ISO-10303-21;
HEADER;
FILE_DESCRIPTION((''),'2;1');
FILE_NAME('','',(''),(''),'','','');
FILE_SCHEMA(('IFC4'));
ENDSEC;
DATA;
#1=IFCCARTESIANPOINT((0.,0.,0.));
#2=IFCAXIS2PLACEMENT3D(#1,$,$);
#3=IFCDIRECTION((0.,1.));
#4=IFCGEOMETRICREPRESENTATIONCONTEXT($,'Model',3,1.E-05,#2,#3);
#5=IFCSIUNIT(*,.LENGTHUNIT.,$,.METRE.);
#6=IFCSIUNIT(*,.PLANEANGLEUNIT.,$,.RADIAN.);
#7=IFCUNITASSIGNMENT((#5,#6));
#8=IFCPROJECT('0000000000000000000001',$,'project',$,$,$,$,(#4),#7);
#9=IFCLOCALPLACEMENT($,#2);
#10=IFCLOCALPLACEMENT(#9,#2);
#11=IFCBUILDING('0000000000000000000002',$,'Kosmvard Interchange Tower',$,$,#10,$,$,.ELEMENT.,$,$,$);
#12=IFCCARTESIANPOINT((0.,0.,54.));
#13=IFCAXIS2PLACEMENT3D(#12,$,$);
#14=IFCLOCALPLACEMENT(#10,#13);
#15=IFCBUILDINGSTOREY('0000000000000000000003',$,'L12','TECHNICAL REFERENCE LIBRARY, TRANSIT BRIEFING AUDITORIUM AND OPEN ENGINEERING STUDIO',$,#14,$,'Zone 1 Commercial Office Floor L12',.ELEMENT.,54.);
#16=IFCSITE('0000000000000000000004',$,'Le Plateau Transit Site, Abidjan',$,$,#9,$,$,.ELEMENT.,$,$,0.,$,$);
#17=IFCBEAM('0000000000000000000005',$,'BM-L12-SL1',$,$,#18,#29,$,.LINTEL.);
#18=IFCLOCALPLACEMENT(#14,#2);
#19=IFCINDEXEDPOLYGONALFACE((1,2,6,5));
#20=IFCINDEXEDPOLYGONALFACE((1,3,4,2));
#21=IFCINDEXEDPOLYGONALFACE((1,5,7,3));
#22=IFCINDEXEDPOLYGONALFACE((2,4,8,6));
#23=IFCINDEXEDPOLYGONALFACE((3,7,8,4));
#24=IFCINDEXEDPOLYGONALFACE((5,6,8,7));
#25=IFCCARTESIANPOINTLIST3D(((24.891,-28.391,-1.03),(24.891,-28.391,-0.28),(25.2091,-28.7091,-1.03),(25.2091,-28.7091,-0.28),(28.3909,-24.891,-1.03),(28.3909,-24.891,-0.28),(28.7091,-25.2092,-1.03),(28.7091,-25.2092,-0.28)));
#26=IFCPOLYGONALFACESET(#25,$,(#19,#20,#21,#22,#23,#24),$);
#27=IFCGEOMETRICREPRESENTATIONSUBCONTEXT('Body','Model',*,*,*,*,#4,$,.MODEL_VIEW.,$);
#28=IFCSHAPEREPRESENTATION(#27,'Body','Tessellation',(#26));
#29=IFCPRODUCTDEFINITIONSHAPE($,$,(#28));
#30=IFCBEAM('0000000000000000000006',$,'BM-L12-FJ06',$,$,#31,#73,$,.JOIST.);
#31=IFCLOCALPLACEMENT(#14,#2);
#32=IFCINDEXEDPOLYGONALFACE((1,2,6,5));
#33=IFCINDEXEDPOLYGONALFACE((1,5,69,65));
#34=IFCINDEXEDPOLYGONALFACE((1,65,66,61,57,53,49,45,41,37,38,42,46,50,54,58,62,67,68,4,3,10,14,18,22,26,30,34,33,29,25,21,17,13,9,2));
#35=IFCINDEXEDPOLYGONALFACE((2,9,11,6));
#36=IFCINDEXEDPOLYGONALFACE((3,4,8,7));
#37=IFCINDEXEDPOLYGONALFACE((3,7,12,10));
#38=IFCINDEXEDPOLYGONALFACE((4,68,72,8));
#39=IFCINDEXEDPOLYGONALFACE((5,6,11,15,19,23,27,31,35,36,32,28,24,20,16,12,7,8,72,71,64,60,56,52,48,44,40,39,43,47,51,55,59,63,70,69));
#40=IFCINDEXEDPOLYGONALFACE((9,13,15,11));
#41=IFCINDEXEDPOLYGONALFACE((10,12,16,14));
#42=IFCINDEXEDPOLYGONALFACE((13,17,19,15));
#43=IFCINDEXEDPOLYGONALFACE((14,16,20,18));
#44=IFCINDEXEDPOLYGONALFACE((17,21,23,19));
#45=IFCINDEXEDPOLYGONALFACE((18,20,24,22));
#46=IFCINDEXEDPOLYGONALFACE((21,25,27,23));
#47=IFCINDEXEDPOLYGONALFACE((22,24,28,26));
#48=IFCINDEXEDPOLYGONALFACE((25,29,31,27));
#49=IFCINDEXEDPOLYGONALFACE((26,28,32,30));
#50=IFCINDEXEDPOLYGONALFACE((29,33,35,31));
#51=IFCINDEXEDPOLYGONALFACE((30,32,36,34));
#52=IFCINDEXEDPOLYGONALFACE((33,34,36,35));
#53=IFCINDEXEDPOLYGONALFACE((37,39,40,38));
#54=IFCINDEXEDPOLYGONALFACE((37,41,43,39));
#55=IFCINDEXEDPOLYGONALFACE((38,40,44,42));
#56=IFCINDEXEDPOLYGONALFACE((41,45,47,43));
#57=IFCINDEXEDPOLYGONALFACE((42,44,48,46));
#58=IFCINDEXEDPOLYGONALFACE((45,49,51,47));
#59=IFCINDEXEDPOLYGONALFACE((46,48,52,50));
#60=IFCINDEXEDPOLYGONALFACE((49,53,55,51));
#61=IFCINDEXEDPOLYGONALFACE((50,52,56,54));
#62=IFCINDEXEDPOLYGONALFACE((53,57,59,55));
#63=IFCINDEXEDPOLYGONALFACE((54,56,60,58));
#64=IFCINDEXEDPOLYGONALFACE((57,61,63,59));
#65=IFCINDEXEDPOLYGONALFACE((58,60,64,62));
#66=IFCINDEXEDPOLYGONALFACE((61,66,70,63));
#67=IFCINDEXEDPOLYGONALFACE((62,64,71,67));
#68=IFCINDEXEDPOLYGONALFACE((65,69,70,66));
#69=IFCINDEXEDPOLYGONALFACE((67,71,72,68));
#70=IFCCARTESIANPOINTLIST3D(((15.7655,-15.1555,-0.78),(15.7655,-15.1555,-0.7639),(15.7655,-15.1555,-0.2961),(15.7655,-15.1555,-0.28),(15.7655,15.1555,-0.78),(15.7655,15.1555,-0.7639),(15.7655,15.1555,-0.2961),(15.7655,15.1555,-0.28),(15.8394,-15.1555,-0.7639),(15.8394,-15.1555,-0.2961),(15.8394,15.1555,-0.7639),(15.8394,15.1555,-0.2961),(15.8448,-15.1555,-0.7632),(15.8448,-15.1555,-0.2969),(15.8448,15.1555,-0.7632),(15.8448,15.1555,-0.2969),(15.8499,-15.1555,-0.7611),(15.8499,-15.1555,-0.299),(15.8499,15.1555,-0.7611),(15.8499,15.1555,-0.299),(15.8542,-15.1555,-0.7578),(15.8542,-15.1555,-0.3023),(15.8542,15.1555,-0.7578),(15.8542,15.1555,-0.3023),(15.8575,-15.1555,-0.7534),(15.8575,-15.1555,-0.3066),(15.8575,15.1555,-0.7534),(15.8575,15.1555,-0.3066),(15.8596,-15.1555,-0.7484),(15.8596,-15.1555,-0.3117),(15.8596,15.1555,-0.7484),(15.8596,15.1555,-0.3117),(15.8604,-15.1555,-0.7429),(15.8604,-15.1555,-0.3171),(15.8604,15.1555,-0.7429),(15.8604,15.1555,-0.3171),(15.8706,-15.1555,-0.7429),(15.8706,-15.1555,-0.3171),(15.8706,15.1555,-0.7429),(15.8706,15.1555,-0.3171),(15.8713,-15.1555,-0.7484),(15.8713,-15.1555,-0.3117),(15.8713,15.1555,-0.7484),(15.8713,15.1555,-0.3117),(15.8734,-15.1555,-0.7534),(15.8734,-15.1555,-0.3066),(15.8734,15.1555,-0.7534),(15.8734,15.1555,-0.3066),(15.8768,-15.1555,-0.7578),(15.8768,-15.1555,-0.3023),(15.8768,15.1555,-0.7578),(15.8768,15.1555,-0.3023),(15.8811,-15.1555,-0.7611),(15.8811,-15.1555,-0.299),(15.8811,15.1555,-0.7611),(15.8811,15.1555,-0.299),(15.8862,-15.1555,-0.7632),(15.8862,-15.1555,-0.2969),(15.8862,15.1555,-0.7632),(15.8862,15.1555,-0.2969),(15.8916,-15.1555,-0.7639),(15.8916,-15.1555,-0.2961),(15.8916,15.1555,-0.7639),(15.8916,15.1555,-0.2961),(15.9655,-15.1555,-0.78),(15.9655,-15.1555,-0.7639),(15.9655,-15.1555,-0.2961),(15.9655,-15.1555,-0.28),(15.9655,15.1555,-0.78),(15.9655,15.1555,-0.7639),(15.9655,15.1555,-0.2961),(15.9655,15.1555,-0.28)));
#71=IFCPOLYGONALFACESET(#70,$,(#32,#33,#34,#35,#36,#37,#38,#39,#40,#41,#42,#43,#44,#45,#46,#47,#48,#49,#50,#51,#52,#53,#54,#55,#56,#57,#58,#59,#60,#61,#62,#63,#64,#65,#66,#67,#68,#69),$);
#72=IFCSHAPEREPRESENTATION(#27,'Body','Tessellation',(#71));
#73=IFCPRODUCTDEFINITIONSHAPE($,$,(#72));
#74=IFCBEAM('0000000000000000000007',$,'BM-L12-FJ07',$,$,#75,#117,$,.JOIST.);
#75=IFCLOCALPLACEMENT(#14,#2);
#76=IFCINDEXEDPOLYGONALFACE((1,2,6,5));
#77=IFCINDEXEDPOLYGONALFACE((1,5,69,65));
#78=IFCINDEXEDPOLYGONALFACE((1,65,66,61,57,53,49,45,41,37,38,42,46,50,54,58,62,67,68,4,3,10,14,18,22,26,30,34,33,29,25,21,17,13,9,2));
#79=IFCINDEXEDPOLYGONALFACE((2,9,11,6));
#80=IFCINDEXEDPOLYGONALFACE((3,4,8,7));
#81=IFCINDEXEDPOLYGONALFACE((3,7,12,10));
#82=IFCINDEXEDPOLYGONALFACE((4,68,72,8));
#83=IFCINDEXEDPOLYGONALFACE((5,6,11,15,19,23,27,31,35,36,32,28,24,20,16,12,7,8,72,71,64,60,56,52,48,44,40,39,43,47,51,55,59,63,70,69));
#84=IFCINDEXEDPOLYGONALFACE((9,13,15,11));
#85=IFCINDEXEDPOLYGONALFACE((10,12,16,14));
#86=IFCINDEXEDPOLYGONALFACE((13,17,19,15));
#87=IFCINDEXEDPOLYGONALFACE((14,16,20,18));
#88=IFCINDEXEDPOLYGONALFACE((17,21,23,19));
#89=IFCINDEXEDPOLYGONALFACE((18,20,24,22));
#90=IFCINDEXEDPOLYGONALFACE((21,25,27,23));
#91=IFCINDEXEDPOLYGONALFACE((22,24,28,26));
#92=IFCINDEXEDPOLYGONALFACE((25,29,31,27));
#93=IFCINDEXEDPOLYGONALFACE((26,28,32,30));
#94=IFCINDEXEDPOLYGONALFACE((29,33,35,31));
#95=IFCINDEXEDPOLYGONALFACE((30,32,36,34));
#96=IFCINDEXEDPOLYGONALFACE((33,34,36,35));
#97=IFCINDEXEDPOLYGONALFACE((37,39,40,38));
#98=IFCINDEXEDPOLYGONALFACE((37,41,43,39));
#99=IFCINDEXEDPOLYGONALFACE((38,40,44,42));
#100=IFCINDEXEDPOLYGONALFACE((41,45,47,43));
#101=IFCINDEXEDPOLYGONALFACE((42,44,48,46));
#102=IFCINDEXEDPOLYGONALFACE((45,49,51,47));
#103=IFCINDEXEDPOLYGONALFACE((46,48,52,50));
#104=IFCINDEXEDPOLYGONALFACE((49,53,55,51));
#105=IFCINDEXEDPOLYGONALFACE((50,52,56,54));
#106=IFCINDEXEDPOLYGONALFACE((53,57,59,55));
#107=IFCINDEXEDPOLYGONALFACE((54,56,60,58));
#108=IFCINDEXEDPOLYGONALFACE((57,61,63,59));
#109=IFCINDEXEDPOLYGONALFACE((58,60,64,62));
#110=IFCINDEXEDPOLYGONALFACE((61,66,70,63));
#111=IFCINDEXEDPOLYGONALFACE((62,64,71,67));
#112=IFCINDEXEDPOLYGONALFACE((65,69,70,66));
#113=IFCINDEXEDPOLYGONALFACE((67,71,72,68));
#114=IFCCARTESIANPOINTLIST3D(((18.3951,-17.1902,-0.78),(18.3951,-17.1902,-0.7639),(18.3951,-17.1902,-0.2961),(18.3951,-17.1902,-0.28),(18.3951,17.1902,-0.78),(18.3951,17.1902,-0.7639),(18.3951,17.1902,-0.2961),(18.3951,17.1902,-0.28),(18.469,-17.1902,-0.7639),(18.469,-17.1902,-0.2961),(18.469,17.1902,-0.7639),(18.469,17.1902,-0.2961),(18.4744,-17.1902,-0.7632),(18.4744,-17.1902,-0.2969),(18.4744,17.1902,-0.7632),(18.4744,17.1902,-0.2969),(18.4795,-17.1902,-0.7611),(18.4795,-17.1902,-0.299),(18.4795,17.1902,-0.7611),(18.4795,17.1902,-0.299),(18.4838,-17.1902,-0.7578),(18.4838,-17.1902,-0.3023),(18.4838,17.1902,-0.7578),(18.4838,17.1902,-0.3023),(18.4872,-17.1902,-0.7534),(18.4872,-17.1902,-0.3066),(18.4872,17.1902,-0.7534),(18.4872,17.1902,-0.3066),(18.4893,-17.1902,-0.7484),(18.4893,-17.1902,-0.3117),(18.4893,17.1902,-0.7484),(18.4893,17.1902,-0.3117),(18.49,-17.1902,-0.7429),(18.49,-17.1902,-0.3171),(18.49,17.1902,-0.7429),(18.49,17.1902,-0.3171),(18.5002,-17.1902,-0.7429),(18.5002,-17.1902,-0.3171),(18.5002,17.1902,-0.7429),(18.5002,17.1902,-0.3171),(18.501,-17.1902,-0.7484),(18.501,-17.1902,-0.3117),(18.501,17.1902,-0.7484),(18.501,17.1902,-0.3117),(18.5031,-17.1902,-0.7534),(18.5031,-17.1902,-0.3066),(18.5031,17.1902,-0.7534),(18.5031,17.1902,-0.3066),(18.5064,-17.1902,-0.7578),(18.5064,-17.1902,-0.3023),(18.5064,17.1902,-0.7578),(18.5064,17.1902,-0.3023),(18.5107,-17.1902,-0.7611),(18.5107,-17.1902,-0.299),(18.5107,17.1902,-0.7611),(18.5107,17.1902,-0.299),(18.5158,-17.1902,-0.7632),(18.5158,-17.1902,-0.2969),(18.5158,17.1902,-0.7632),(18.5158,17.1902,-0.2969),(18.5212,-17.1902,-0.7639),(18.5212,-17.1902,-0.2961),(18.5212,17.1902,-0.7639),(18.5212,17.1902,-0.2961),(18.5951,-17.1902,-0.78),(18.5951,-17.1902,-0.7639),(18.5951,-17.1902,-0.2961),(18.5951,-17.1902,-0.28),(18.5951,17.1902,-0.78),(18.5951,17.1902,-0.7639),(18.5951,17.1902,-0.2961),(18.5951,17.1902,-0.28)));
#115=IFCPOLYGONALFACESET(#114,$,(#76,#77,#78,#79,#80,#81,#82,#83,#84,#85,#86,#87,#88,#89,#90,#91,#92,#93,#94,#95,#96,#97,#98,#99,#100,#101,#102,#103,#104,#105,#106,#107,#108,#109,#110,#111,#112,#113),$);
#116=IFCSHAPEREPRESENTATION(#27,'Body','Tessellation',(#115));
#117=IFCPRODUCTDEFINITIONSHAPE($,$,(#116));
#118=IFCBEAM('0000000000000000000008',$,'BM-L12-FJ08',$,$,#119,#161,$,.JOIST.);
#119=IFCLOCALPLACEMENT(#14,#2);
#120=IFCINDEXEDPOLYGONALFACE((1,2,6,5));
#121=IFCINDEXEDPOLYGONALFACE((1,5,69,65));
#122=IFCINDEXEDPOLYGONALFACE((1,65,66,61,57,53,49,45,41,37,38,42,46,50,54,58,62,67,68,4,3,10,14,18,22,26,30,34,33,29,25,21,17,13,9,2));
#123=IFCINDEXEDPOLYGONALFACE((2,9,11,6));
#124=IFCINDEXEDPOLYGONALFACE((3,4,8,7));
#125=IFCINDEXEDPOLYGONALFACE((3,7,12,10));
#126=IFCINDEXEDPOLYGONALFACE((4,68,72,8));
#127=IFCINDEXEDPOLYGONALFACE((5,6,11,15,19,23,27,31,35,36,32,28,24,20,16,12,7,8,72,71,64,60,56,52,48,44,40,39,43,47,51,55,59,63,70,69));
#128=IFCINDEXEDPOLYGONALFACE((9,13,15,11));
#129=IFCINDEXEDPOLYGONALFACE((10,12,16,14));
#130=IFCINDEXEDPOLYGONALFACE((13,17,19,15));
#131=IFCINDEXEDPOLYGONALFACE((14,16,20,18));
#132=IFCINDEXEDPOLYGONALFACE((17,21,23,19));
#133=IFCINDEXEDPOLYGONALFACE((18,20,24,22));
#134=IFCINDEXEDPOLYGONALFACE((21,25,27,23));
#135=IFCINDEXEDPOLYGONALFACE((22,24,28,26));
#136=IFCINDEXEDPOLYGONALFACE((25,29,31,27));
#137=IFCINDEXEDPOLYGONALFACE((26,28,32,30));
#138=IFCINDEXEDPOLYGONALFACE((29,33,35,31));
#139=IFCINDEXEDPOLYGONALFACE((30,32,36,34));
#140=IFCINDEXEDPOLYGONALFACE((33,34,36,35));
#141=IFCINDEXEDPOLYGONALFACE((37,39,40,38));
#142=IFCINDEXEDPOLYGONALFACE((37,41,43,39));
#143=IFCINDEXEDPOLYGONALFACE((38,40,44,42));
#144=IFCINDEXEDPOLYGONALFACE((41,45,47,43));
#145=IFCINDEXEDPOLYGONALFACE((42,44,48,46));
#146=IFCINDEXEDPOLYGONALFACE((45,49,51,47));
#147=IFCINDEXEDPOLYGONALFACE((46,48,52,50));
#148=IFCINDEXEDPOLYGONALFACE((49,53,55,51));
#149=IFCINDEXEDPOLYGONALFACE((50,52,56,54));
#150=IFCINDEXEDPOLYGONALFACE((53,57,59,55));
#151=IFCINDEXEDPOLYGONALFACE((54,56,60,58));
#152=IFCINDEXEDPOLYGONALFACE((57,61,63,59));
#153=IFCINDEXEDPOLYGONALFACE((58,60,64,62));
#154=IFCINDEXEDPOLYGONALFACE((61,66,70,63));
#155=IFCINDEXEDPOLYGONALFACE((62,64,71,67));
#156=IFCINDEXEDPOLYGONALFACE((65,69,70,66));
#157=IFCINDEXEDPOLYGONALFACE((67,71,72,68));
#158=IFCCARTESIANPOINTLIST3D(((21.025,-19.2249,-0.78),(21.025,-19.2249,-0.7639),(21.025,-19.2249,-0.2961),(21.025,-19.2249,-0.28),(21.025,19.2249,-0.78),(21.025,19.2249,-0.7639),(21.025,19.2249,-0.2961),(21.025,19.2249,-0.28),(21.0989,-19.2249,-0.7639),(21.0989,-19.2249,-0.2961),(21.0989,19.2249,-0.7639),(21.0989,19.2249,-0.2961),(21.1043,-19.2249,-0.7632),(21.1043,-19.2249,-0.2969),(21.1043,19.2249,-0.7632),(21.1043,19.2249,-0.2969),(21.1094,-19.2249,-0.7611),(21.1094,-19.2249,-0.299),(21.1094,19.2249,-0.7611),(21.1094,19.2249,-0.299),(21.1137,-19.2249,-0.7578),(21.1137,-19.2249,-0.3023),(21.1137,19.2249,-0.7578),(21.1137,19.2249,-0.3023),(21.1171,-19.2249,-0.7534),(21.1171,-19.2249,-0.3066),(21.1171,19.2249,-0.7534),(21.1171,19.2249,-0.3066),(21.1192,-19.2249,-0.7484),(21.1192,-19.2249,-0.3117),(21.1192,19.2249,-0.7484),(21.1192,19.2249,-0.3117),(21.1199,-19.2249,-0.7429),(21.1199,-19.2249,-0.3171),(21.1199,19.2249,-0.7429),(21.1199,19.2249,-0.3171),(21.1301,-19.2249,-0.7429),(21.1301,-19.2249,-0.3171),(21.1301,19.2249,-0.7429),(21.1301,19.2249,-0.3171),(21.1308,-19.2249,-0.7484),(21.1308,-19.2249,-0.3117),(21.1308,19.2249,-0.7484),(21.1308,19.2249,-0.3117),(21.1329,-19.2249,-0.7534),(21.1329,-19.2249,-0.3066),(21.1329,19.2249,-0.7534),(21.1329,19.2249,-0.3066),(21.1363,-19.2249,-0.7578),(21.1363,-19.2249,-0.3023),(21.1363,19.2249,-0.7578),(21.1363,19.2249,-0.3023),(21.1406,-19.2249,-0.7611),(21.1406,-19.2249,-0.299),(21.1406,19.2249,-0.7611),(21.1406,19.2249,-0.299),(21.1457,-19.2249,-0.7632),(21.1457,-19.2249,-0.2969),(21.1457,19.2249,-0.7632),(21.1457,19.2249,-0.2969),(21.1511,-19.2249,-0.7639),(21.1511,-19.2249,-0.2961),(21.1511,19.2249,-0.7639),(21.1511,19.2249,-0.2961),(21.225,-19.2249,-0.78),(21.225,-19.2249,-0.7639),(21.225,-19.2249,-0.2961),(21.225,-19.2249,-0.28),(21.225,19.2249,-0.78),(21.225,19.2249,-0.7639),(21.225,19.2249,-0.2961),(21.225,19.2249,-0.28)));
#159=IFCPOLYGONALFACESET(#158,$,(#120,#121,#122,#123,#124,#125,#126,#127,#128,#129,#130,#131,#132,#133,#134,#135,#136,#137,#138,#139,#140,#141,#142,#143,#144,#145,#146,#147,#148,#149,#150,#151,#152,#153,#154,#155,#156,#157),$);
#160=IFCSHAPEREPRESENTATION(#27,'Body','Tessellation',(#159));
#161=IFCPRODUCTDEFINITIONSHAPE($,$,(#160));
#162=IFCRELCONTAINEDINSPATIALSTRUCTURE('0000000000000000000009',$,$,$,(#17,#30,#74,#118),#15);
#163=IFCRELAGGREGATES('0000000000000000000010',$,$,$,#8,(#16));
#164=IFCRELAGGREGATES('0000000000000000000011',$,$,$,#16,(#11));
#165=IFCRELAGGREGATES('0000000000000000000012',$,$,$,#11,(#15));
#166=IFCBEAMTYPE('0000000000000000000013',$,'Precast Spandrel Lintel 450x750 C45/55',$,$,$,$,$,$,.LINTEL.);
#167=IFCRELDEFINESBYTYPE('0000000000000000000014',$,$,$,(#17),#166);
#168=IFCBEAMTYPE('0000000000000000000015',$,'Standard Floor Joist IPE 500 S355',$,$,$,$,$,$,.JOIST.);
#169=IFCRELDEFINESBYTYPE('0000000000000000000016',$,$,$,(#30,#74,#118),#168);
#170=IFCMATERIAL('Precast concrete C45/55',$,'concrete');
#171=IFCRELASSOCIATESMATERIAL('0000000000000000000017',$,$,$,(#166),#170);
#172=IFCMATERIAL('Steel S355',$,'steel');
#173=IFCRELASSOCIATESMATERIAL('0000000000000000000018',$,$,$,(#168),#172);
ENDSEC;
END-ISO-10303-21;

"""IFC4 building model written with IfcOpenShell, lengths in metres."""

from ifc_helpers import new_model, si_unit, direction, frame, origin, origin_2d, place, context, subcontext, project, spatial, rectangle, i_section, extrude, source, transform, mapped, material, material_profile, profile_set, type_object, element, save


model = new_model("IFC4")

# Units and contexts
model_context = context("Model", 3, precision=1e-05, world=origin(), true_north=direction((0.0, 1.0)))
body_context = subcontext(model_context, "Body", "Model", "MODEL_VIEW")
ifc_project = project(units=[si_unit("LENGTHUNIT", "METRE"), si_unit("PLANEANGLEUNIT", "RADIAN")], contexts=[model_context])

# Site, building, storey
site_placement = place(None, origin())
site = spatial("IfcSite", under=ifc_project, at=site_placement, Name="Le Plateau Transit Site, Abidjan", CompositionType="ELEMENT", RefElevation=0.0)
building_placement = place(site_placement, origin())
building = spatial("IfcBuilding", under=site, at=building_placement, Name="Kosmvard Interchange Tower", CompositionType="ELEMENT")
storey_placement = place(building_placement, frame((0.0, 0.0, 54.0)))
storey = spatial("IfcBuildingStorey", under=building, at=storey_placement, Name="L12", Description="TECHNICAL REFERENCE LIBRARY, TRANSIT BRIEFING AUDITORIUM AND OPEN ENGINEERING STUDIO", LongName="Zone 1 Commercial Office Floor L12", CompositionType="ELEMENT", Elevation=54.0)

# Beams
ifc_material_1 = material(Name="Steel S355", Category="steel")
ifc_material_2 = material(Name="Precast concrete C45/55", Category="concrete")
ifc_material_profile_1 = material_profile(ifc_material_2, rectangle(XDim=0.45, YDim=0.75, at=origin_2d()), Name="SL 450x750")
ifc_profile_set_1 = profile_set([ifc_material_profile_1], Name="Precast concrete C45/55")
beam_type_1 = type_object("IfcBeamType", Name="Precast Spandrel Lintel 450x750 C45/55", PredefinedType="LINTEL", material=ifc_profile_set_1)
shared_shape_1 = source(origin(), body_context, "Body", "SweptSolid", [
    extrude(rectangle(XDim=0.45, YDim=0.75, at=origin_2d()), origin(), (0.0, 0.0, 1.0), 4.9497),
])
beam_1_placement = place(storey_placement, frame((25.05, -28.55, -0.655), z_axis=(0.707107, 0.707107, 0.0), x_axis=(-0.707107, 0.707107, 0.0)))
element("IfcBeam", 1, at=beam_1_placement, inside=storey, type_object=beam_type_1, Name="BM-L12-SL1", PredefinedType="LINTEL", context=body_context, shape_type="MappedRepresentation", body=[
    mapped(shared_shape_1, transform((0.0, 0.0, 0.0), scale=1.0)),
])
ifc_material_profile_2 = material_profile(ifc_material_1, i_section(OverallWidth=0.2, OverallDepth=0.5, WebThickness=0.0103, FlangeThickness=0.0161, FilletRadius=0.021, at=origin_2d()), Name="IPE 500")
ifc_profile_set_2 = profile_set([ifc_material_profile_2], Name="Steel S355")
beam_type_2 = type_object("IfcBeamType", Name="Standard Floor Joist IPE 500 S355", PredefinedType="JOIST", material=ifc_profile_set_2)
shared_shape_2 = source(origin(), body_context, "Body", "SweptSolid", [
    extrude(i_section(OverallWidth=0.2, OverallDepth=0.5, WebThickness=0.0103, FlangeThickness=0.0161, FilletRadius=0.021, at=origin_2d()), origin(), (0.0, 0.0, 1.0), 30.311),
])
beam_2_placement = place(storey_placement, frame((15.8655, -15.1555, -0.53), z_axis=(0.0, 1.0, 0.0), x_axis=(-1.0, 0.0, 0.0)))
element("IfcBeam", 2, at=beam_2_placement, inside=storey, type_object=beam_type_2, Name="BM-L12-FJ06", PredefinedType="JOIST", context=body_context, shape_type="MappedRepresentation", body=[
    mapped(shared_shape_2, transform((0.0, 0.0, 0.0), scale=1.0)),
])
shared_shape_3 = source(origin(), body_context, "Body", "SweptSolid", [
    extrude(i_section(OverallWidth=0.2, OverallDepth=0.5, WebThickness=0.0103, FlangeThickness=0.0161, FilletRadius=0.021, at=origin_2d()), origin(), (0.0, 0.0, 1.0), 34.3804),
])
beam_3_placement = place(storey_placement, frame((18.4951, -17.1902, -0.53), z_axis=(0.0, 1.0, 0.0), x_axis=(-1.0, 0.0, 0.0)))
element("IfcBeam", 3, at=beam_3_placement, inside=storey, type_object=beam_type_2, Name="BM-L12-FJ07", PredefinedType="JOIST", context=body_context, shape_type="MappedRepresentation", body=[
    mapped(shared_shape_3, transform((0.0, 0.0, 0.0), scale=1.0)),
])
shared_shape_4 = source(origin(), body_context, "Body", "SweptSolid", [
    extrude(i_section(OverallWidth=0.2, OverallDepth=0.5, WebThickness=0.0103, FlangeThickness=0.0161, FilletRadius=0.021, at=origin_2d()), origin(), (0.0, 0.0, 1.0), 38.4497),
])
beam_4_placement = place(storey_placement, frame((21.125, -19.2249, -0.53), z_axis=(0.0, 1.0, 0.0), x_axis=(-1.0, 0.0, 0.0)))
element("IfcBeam", 4, at=beam_4_placement, inside=storey, type_object=beam_type_2, Name="BM-L12-FJ08", PredefinedType="JOIST", context=body_context, shape_type="MappedRepresentation", body=[
    mapped(shared_shape_4, transform((0.0, 0.0, 0.0), scale=1.0)),
])

save(model, "model.ifc")
